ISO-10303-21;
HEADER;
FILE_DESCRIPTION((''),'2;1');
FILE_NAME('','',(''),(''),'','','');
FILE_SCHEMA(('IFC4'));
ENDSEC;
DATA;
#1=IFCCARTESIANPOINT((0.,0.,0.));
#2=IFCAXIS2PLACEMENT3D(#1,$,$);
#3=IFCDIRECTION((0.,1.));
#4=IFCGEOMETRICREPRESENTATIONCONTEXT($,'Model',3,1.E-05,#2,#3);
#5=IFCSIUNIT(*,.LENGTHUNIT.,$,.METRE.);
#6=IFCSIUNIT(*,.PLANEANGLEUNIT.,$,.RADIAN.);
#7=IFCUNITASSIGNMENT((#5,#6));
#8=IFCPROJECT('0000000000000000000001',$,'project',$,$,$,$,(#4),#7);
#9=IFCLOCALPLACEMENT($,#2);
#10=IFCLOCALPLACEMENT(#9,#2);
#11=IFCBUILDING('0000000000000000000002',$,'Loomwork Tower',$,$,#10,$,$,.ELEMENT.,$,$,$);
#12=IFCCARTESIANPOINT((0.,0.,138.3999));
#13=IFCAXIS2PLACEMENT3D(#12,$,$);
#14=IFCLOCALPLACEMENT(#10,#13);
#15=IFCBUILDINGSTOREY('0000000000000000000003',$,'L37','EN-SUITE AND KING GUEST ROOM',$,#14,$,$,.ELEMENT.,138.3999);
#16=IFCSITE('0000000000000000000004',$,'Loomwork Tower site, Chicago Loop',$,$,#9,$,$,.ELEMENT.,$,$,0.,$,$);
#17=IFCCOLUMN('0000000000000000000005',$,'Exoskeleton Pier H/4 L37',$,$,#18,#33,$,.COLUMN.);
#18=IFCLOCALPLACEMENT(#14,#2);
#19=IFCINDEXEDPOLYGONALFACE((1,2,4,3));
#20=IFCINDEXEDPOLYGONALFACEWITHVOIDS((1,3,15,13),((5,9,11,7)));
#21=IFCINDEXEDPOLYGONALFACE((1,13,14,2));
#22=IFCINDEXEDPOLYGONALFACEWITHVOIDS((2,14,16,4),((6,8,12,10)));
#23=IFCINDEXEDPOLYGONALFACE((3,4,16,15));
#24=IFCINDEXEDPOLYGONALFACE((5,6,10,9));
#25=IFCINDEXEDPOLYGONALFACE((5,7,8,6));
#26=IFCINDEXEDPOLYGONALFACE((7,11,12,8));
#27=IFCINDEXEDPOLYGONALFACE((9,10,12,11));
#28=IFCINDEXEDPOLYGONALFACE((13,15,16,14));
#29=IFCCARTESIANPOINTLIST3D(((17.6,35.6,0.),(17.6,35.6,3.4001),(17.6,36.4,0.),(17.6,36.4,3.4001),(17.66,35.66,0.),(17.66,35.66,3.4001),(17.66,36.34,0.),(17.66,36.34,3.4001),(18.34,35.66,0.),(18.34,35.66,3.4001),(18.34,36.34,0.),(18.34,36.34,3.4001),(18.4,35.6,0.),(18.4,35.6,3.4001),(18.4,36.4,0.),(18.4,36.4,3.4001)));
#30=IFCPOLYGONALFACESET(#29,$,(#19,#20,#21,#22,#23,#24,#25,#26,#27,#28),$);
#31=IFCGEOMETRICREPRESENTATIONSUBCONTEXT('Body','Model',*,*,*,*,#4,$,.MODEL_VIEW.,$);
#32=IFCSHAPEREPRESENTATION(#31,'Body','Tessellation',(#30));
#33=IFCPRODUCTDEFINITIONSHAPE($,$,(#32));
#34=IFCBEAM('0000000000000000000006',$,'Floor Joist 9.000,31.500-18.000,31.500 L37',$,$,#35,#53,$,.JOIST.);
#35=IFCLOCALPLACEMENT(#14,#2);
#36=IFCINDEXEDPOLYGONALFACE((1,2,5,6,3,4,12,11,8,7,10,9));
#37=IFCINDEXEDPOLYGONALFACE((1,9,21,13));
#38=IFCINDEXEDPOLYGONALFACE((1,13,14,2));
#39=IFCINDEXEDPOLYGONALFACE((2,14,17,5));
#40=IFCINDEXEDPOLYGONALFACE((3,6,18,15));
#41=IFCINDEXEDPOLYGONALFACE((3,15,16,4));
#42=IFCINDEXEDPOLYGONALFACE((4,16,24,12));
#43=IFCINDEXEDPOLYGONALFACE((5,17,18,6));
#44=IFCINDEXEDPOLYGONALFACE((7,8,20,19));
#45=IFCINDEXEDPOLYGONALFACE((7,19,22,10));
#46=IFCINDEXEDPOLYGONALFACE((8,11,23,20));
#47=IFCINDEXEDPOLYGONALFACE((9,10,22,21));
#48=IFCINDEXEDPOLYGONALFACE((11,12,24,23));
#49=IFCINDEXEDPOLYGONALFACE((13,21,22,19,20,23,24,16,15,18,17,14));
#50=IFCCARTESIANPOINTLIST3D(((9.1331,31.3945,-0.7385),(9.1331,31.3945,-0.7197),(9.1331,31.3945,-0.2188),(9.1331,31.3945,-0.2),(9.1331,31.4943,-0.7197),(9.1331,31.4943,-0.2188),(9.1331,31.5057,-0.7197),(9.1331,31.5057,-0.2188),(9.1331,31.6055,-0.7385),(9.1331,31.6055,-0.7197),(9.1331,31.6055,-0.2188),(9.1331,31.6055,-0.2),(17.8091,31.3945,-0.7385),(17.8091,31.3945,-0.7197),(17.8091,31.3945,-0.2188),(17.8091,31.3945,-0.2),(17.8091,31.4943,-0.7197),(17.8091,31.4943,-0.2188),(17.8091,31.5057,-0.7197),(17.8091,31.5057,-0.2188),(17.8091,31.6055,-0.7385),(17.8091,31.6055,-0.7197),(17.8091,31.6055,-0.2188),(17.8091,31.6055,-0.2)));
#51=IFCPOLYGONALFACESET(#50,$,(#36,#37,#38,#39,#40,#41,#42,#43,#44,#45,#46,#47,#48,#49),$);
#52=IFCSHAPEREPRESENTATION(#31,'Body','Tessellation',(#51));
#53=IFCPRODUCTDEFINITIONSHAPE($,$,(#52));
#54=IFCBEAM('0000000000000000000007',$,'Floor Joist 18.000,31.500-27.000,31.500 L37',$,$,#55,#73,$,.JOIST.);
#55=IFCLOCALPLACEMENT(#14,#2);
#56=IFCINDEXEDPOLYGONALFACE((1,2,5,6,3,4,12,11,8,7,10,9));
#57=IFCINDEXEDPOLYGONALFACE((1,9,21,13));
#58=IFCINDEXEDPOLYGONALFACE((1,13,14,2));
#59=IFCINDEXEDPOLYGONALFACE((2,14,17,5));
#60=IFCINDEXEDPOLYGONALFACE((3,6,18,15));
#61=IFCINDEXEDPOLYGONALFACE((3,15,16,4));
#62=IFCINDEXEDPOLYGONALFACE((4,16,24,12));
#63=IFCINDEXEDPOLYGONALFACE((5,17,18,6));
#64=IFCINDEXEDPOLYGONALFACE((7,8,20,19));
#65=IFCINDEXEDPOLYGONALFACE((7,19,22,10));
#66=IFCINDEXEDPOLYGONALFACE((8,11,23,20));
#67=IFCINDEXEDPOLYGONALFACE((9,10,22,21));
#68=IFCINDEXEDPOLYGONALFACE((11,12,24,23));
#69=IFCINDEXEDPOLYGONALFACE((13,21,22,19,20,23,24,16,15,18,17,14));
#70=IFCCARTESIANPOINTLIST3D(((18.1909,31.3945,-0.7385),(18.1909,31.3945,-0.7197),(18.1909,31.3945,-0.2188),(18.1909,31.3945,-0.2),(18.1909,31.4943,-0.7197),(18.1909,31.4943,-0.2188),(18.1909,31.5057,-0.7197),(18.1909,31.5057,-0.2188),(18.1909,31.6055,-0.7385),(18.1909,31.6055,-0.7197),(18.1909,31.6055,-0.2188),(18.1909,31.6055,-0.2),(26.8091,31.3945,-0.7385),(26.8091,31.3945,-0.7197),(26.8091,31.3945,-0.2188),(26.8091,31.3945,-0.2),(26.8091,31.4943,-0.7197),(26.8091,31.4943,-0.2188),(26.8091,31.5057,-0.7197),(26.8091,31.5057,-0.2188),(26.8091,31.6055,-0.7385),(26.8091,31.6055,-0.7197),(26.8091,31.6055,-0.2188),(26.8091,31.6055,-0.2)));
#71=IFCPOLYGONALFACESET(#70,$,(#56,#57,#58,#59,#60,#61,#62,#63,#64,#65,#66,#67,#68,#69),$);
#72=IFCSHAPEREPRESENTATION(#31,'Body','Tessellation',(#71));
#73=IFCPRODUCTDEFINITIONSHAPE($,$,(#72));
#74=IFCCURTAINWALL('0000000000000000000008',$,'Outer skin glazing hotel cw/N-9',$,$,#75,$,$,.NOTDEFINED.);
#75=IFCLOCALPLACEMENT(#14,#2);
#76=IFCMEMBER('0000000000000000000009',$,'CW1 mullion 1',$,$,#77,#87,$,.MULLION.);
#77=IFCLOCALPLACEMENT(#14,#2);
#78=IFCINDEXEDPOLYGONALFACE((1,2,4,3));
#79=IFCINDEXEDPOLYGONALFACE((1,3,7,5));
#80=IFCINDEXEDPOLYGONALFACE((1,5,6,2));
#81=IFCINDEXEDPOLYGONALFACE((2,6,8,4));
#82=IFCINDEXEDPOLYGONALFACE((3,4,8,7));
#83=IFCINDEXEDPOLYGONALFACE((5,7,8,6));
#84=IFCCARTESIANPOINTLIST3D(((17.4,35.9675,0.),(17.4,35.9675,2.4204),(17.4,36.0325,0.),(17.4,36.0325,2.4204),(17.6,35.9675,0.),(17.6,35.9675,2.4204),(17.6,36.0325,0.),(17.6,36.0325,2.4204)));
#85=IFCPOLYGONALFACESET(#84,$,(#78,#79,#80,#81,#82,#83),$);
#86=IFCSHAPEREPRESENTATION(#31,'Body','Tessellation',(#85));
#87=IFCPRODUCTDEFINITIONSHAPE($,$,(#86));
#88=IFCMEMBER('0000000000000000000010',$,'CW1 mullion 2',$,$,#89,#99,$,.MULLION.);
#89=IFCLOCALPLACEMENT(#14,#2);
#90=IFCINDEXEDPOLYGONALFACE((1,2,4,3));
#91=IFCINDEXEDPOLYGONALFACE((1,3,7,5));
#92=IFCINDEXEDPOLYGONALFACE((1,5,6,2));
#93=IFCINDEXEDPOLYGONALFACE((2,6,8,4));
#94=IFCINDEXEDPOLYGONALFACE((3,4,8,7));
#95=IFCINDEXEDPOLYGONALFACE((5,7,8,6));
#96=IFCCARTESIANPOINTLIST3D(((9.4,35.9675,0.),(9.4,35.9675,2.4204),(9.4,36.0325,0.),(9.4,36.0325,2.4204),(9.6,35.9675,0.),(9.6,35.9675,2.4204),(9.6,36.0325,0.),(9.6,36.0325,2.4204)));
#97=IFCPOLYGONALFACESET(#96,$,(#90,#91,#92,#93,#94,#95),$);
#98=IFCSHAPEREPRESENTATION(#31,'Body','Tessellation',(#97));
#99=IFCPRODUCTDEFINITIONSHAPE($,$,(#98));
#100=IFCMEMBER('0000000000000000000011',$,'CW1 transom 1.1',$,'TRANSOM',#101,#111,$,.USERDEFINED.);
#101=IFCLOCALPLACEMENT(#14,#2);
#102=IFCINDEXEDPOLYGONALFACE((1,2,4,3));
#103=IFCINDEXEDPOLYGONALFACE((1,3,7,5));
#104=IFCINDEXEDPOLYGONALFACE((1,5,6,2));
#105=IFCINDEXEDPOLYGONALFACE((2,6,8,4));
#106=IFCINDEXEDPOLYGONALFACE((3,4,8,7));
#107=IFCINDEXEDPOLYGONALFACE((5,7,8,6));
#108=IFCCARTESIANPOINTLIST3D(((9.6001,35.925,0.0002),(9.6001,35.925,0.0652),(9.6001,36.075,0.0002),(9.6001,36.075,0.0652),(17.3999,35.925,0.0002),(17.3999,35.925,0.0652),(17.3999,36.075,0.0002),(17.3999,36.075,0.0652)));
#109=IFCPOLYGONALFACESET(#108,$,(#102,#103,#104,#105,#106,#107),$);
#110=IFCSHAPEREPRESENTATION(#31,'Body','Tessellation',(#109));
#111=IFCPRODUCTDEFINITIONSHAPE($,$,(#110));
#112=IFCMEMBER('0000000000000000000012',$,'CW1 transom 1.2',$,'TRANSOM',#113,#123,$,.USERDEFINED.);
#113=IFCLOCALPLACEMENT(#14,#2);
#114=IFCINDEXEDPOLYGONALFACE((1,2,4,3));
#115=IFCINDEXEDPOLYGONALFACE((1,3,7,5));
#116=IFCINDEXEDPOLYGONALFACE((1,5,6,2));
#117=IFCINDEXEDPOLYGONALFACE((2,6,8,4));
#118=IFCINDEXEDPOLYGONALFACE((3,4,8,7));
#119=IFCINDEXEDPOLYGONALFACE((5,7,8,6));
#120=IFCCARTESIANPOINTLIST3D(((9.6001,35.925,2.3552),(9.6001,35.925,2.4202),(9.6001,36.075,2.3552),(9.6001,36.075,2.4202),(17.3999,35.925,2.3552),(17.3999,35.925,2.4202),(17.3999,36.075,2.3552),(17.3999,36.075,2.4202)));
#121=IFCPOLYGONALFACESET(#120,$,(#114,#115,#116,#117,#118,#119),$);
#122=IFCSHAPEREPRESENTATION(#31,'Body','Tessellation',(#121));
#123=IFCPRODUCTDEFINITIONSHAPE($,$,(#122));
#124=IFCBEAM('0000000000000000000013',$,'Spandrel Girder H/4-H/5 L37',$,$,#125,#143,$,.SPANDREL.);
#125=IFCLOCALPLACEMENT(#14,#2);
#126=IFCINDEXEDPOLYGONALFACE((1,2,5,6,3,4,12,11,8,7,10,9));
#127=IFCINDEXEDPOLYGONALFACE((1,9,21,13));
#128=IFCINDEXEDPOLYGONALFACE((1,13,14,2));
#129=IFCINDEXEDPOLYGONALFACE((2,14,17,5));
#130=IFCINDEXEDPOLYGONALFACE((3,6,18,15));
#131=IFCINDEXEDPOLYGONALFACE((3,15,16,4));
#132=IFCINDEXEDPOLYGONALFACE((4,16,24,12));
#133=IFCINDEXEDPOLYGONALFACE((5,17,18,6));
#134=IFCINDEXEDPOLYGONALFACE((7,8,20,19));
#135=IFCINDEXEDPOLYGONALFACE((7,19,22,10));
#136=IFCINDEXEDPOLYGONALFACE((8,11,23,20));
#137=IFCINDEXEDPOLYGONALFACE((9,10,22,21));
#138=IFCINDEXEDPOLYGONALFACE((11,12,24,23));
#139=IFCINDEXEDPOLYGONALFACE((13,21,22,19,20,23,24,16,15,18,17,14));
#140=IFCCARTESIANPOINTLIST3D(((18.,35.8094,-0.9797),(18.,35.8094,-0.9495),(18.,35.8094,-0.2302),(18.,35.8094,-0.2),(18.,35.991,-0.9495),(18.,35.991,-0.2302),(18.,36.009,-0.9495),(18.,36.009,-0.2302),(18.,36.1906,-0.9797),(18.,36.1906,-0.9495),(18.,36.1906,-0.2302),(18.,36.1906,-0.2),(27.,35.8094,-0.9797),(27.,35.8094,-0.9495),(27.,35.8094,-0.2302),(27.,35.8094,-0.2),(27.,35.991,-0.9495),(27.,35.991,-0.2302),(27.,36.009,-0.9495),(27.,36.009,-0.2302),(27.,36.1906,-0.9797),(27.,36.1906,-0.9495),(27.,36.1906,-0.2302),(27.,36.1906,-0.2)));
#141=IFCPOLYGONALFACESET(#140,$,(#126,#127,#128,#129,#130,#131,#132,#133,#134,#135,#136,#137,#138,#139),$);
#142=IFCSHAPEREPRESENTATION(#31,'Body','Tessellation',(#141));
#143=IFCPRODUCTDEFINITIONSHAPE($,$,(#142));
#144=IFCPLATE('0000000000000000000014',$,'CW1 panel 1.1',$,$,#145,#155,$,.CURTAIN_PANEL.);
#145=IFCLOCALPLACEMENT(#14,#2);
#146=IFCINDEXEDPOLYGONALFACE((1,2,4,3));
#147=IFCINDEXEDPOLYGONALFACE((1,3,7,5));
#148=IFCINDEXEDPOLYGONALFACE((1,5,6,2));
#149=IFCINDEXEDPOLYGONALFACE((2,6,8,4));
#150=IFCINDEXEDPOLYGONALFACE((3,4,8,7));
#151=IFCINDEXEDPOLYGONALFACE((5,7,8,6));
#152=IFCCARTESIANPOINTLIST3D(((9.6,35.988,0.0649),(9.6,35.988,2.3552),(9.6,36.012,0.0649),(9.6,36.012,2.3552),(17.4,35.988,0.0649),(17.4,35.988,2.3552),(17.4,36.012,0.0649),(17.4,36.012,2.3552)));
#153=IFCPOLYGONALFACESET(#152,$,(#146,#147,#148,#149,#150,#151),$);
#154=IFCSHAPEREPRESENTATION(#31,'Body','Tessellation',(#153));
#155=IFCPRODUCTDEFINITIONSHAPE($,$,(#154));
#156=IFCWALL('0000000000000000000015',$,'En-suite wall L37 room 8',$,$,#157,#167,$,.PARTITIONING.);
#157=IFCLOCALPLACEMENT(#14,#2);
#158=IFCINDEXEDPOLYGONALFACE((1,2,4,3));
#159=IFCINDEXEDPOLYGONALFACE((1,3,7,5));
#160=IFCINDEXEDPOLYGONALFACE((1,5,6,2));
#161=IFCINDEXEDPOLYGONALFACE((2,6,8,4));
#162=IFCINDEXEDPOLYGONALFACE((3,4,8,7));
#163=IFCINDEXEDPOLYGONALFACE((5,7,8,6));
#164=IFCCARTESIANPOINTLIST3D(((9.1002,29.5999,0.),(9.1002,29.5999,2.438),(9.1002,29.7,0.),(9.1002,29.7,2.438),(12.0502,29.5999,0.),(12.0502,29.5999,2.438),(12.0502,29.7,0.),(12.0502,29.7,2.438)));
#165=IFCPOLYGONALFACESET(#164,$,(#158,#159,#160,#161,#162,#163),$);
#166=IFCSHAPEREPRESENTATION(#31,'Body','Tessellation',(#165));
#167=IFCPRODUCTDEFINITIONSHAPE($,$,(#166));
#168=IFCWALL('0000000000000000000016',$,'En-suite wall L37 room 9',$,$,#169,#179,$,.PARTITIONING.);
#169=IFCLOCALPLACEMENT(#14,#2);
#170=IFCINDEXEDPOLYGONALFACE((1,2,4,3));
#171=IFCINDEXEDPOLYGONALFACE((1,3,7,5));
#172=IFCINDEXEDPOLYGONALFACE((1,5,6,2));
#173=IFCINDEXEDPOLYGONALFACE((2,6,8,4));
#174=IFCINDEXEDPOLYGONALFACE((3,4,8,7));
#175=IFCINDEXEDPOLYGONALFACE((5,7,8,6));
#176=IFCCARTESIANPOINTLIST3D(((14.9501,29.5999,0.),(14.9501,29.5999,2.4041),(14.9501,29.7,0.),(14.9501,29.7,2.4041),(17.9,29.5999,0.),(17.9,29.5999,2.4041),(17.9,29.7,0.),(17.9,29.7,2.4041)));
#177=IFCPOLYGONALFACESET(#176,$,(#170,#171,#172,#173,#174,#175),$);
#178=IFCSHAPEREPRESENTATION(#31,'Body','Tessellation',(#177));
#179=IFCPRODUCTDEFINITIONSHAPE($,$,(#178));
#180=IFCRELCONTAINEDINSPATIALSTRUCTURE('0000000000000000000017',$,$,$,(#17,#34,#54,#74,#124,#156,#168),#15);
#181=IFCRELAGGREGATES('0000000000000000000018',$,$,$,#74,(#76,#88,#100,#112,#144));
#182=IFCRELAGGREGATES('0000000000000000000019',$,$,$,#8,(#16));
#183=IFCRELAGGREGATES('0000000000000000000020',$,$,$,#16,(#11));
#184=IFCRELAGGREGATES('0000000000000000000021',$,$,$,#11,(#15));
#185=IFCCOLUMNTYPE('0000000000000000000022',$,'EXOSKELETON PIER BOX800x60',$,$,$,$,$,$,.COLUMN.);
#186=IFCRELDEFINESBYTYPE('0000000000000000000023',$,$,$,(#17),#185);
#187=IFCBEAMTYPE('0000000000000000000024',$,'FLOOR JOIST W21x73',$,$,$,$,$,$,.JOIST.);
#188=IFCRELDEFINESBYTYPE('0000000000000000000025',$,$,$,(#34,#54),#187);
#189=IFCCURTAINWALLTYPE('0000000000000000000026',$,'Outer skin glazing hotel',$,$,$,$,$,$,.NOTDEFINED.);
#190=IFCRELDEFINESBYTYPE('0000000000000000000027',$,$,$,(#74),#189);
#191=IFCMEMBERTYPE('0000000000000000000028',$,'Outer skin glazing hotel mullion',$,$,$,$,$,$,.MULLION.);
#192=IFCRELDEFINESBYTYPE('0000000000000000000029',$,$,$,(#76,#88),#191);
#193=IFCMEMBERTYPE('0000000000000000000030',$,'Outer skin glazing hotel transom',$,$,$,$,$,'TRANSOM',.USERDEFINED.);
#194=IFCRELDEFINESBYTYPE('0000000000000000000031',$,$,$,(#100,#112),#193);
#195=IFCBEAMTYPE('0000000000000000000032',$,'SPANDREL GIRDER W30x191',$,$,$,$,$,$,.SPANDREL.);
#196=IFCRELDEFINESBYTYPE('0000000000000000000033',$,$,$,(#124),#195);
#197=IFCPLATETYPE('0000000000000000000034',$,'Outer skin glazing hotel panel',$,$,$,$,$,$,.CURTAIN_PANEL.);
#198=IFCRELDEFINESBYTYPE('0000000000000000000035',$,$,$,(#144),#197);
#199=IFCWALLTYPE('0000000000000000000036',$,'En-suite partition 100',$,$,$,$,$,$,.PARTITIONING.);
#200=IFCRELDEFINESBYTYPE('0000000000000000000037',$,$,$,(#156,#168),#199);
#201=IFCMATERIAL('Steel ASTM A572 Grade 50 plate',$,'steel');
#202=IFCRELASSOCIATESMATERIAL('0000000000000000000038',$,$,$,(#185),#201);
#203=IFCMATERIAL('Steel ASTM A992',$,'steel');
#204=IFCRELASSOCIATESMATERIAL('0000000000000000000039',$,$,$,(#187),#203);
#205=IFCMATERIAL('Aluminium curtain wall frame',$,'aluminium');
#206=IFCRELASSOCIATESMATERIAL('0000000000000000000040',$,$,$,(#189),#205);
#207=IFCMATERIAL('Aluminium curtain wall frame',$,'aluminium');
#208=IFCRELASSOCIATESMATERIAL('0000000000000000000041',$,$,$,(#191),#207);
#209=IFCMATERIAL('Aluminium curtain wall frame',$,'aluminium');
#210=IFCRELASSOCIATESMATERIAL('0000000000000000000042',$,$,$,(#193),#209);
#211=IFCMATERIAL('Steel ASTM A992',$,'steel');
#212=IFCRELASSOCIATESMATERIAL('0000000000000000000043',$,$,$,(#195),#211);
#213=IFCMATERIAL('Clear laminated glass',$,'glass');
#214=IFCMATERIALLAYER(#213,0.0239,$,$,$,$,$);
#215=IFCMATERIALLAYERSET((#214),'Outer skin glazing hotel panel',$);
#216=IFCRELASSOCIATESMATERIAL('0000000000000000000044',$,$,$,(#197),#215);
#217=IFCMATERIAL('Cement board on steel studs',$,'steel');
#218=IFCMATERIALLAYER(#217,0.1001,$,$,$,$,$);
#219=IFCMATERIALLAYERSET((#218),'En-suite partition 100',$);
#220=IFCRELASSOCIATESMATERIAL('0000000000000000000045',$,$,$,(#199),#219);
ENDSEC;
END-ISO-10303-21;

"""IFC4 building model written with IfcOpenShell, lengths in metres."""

from ifc_helpers import new_model, si_unit, direction, frame, frame_2d, origin, origin_2d, place, context, subcontext, project, spatial, rectangle, hollow_rectangle, i_section, extrude, material, layer, layer_set, material_profile, profile_set, type_object, element, aggregate, save


model = new_model("IFC4")

# Units and contexts
model_context = context("Model", 3, precision=1e-05, world=origin(), true_north=direction((0.0, 1.0)))
body_context = subcontext(model_context, "Body", "Model", "MODEL_VIEW")
ifc_project = project(units=[si_unit("LENGTHUNIT", "METRE"), si_unit("PLANEANGLEUNIT", "RADIAN")], contexts=[model_context])

# Site, building, storey
site_placement = place(None, origin())
site = spatial("IfcSite", under=ifc_project, at=site_placement, Name="Loomwork Tower site, Chicago Loop", CompositionType="ELEMENT", RefElevation=0.0)
building_placement = place(site_placement, origin())
building = spatial("IfcBuilding", under=site, at=building_placement, Name="Loomwork Tower", CompositionType="ELEMENT")
storey_placement = place(building_placement, frame((0.0, 0.0, 138.3999)))
storey = spatial("IfcBuildingStorey", under=building, at=storey_placement, Name="L37", Description="EN-SUITE AND KING GUEST ROOM", CompositionType="ELEMENT", Elevation=138.3999)

# Column
ifc_material_1 = material(Name="Steel ASTM A572 Grade 50 plate", Category="steel")
ifc_material_profile_1 = material_profile(ifc_material_1, hollow_rectangle(XDim=0.8, YDim=0.8, WallThickness=0.0601, at=origin_2d()), Name="BOX800x60")
ifc_profile_set_1 = profile_set([ifc_material_profile_1], Name="Steel ASTM A572 Grade 50 plate")
column_type = type_object("IfcColumnType", Name="EXOSKELETON PIER BOX800x60", PredefinedType="COLUMN", material=ifc_profile_set_1)
column_placement = place(storey_placement, frame((18.0, 36.0, 0.0), z_axis=(0.0, 0.0, 1.0), x_axis=(1.0, 0.0, 0.0)))
element("IfcColumn", 1, at=column_placement, inside=storey, type_object=column_type, Name="Exoskeleton Pier H/4 L37", PredefinedType="COLUMN", context=body_context, shape_type="SweptSolid", body=[
    extrude(hollow_rectangle(XDim=0.8, YDim=0.8, WallThickness=0.0601, at=origin_2d()), origin(), (0.0, 0.0, 1.0), 3.4001),
])

# Beams
ifc_material_2 = material(Name="Steel ASTM A992", Category="steel")
ifc_material_profile_2 = material_profile(ifc_material_2, i_section(OverallWidth=0.2109, OverallDepth=0.5386, WebThickness=0.0115, FlangeThickness=0.0188, at=origin_2d()), Name="W21x73")
ifc_profile_set_2 = profile_set([ifc_material_profile_2], Name="Steel ASTM A992")
beam_type_1 = type_object("IfcBeamType", Name="FLOOR JOIST W21x73", PredefinedType="JOIST", material=ifc_profile_set_2)
beam_1_placement = place(storey_placement, frame((9.1331, 31.5, -0.4692), z_axis=(1.0, 0.0, 0.0), x_axis=(0.0, 1.0, 0.0)))
element("IfcBeam", 2, at=beam_1_placement, inside=storey, type_object=beam_type_1, Name="Floor Joist 9.000,31.500-18.000,31.500 L37", PredefinedType="JOIST", context=body_context, shape_type="SweptSolid", body=[
    extrude(i_section(OverallWidth=0.2109, OverallDepth=0.5386, WebThickness=0.0115, FlangeThickness=0.0188, at=origin_2d()), origin(), (0.0, 0.0, 1.0), 8.676),
])
beam_2_placement = place(storey_placement, frame((18.1909, 31.5, -0.4692), z_axis=(1.0, 0.0, 0.0), x_axis=(0.0, 1.0, 0.0)))
element("IfcBeam", 3, at=beam_2_placement, inside=storey, type_object=beam_type_1, Name="Floor Joist 18.000,31.500-27.000,31.500 L37", PredefinedType="JOIST", context=body_context, shape_type="SweptSolid", body=[
    extrude(i_section(OverallWidth=0.2109, OverallDepth=0.5386, WebThickness=0.0115, FlangeThickness=0.0188, at=origin_2d()), origin(), (0.0, 0.0, 1.0), 8.6182),
])

# Curtain wall, members
ifc_material_3 = material(Name="Aluminium curtain wall frame", Category="aluminium")
curtain_wall_type = type_object("IfcCurtainWallType", Name="Outer skin glazing hotel", PredefinedType="NOTDEFINED", material=ifc_material_3)
curtain_wall_placement = place(storey_placement, origin())
curtain_wall = element("IfcCurtainWall", 4, at=curtain_wall_placement, inside=storey, type_object=curtain_wall_type, Name="Outer skin glazing hotel cw/N-9", PredefinedType="NOTDEFINED")
ifc_material_4 = material(Name="Aluminium curtain wall frame", Category="aluminium")
ifc_material_profile_3 = material_profile(ifc_material_4, rectangle(XDim=0.0649, YDim=0.2, at=origin_2d()), Name="AL 65x200")
ifc_profile_set_3 = profile_set([ifc_material_profile_3], Name="Aluminium curtain wall frame")
member_type_1 = type_object("IfcMemberType", Name="Outer skin glazing hotel mullion", PredefinedType="MULLION", material=ifc_profile_set_3)
member_1_placement = place(storey_placement, frame((17.5, 36.0, 0.0), z_axis=(0.0, 0.0, 1.0), x_axis=(0.0, -1.0, 0.0)))
member_1 = element("IfcMember", 5, at=member_1_placement, type_object=member_type_1, Name="CW1 mullion 1", PredefinedType="MULLION", context=body_context, shape_type="SweptSolid", body=[
    extrude(rectangle(XDim=0.0649, YDim=0.2, at=origin_2d()), origin(), (0.0, 0.0, 1.0), 2.4204),
])
member_2_placement = place(storey_placement, frame((9.5, 36.0, 0.0), z_axis=(0.0, 0.0, 1.0), x_axis=(0.0, -1.0, 0.0)))
member_2 = element("IfcMember", 6, at=member_2_placement, type_object=member_type_1, Name="CW1 mullion 2", PredefinedType="MULLION", context=body_context, shape_type="SweptSolid", body=[
    extrude(rectangle(XDim=0.0649, YDim=0.2, at=origin_2d()), origin(), (0.0, 0.0, 1.0), 2.4204),
])
ifc_material_5 = material(Name="Aluminium curtain wall frame", Category="aluminium")
ifc_material_profile_4 = material_profile(ifc_material_5, rectangle(XDim=0.1499, YDim=0.0649, at=origin_2d()), Name="AL 65x150")
ifc_profile_set_4 = profile_set([ifc_material_profile_4], Name="Aluminium curtain wall frame")
member_type_2 = type_object("IfcMemberType", Name="Outer skin glazing hotel transom", ElementType="TRANSOM", PredefinedType="USERDEFINED", material=ifc_profile_set_4)
member_3_placement = place(storey_placement, frame((17.3999, 36.0, 0.0327), z_axis=(-1.0, 0.0, 0.0), x_axis=(0.0, -1.0, 0.0)))
member_3 = element("IfcMember", 7, at=member_3_placement, type_object=member_type_2, Name="CW1 transom 1.1", ObjectType="TRANSOM", PredefinedType="USERDEFINED", context=body_context, shape_type="SweptSolid", body=[
    extrude(rectangle(XDim=0.1499, YDim=0.0649, at=origin_2d()), origin(), (0.0, 0.0, 1.0), 7.7998),
])
member_4_placement = place(storey_placement, frame((17.3999, 36.0, 2.3877), z_axis=(-1.0, 0.0, 0.0), x_axis=(0.0, -1.0, 0.0)))
member_4 = element("IfcMember", 8, at=member_4_placement, type_object=member_type_2, Name="CW1 transom 1.2", ObjectType="TRANSOM", PredefinedType="USERDEFINED", context=body_context, shape_type="SweptSolid", body=[
    extrude(rectangle(XDim=0.1499, YDim=0.0649, at=origin_2d()), origin(), (0.0, 0.0, 1.0), 7.7998),
])

# Beam
ifc_material_6 = material(Name="Steel ASTM A992", Category="steel")
ifc_material_profile_5 = material_profile(ifc_material_6, i_section(OverallWidth=0.3811, OverallDepth=0.7798, WebThickness=0.0181, FlangeThickness=0.0303, at=origin_2d()), Name="W30x191")
ifc_profile_set_5 = profile_set([ifc_material_profile_5], Name="Steel ASTM A992")
beam_type_2 = type_object("IfcBeamType", Name="SPANDREL GIRDER W30x191", PredefinedType="SPANDREL", material=ifc_profile_set_5)
beam_3_placement = place(storey_placement, frame((18.0, 36.0, -0.5898), z_axis=(1.0, 0.0, 0.0), x_axis=(0.0, 1.0, 0.0)))
element("IfcBeam", 9, at=beam_3_placement, inside=storey, type_object=beam_type_2, Name="Spandrel Girder H/4-H/5 L37", PredefinedType="SPANDREL", context=body_context, shape_type="SweptSolid", body=[
    extrude(i_section(OverallWidth=0.3811, OverallDepth=0.7798, WebThickness=0.0181, FlangeThickness=0.0303, at=origin_2d()), origin(), (0.0, 0.0, 1.0), 9.0),
])

# Plate
ifc_material_7 = material(Name="Clear laminated glass", Category="glass")
ifc_layer_1 = layer(ifc_material_7, 0.0239)
ifc_layer_set_1 = layer_set([ifc_layer_1], Name="Outer skin glazing hotel panel")
plate_type = type_object("IfcPlateType", Name="Outer skin glazing hotel panel", PredefinedType="CURTAIN_PANEL", material=ifc_layer_set_1)
plate_placement = place(storey_placement, frame((13.5, 36.0, 0.0649), z_axis=(0.0, 0.0, 1.0), x_axis=(-1.0, 0.0, 0.0)))
plate = element("IfcPlate", 10, at=plate_placement, type_object=plate_type, Name="CW1 panel 1.1", PredefinedType="CURTAIN_PANEL", context=body_context, shape_type="SweptSolid", body=[
    extrude(rectangle(XDim=7.8, YDim=0.0239, at=origin_2d()), origin(), (0.0, 0.0, 1.0), 2.2903),
])
aggregate(curtain_wall, [member_1, member_2, member_3, member_4, plate])

# Walls
ifc_material_8 = material(Name="Cement board on steel studs", Category="steel")
ifc_layer_2 = layer(ifc_material_8, 0.1001)
ifc_layer_set_2 = layer_set([ifc_layer_2], Name="En-suite partition 100")
wall_type_1 = type_object("IfcWallType", Name="En-suite partition 100", PredefinedType="PARTITIONING", material=ifc_layer_set_2)
wall_1_placement = place(storey_placement, frame((9.1001, 29.6499, 0.0), z_axis=(0.0, 0.0, 1.0), x_axis=(1.0, 0.0, 0.0)))
element("IfcWall", 11, at=wall_1_placement, inside=storey, type_object=wall_type_1, Name="En-suite wall L37 room 8", PredefinedType="PARTITIONING", context=body_context, shape_type="SweptSolid", body=[
    extrude(rectangle(XDim=2.95, YDim=0.1001, at=frame_2d((1.4751, 0.0))), origin(), (0.0, 0.0, 1.0), 2.438),
])
for number, where, z_axis, x_axis, name in (
    (12, (14.95, 29.6499, 0.0), (0.0, 0.0, 1.0), (1.0, 0.0, 0.0), "En-suite wall L37 room 9"),
):
    element("IfcWall", number, at=place(storey_placement, frame(where, z_axis=z_axis, x_axis=x_axis)), inside=storey, type_object=wall_type_1, Name=name, PredefinedType="PARTITIONING", context=body_context, shape_type="SweptSolid", body=[
        extrude(rectangle(XDim=2.95, YDim=0.1001, at=frame_2d((1.4751, 0.0))), origin(), (0.0, 0.0, 1.0), 2.4041),
    ])

save(model, "model.ifc")
